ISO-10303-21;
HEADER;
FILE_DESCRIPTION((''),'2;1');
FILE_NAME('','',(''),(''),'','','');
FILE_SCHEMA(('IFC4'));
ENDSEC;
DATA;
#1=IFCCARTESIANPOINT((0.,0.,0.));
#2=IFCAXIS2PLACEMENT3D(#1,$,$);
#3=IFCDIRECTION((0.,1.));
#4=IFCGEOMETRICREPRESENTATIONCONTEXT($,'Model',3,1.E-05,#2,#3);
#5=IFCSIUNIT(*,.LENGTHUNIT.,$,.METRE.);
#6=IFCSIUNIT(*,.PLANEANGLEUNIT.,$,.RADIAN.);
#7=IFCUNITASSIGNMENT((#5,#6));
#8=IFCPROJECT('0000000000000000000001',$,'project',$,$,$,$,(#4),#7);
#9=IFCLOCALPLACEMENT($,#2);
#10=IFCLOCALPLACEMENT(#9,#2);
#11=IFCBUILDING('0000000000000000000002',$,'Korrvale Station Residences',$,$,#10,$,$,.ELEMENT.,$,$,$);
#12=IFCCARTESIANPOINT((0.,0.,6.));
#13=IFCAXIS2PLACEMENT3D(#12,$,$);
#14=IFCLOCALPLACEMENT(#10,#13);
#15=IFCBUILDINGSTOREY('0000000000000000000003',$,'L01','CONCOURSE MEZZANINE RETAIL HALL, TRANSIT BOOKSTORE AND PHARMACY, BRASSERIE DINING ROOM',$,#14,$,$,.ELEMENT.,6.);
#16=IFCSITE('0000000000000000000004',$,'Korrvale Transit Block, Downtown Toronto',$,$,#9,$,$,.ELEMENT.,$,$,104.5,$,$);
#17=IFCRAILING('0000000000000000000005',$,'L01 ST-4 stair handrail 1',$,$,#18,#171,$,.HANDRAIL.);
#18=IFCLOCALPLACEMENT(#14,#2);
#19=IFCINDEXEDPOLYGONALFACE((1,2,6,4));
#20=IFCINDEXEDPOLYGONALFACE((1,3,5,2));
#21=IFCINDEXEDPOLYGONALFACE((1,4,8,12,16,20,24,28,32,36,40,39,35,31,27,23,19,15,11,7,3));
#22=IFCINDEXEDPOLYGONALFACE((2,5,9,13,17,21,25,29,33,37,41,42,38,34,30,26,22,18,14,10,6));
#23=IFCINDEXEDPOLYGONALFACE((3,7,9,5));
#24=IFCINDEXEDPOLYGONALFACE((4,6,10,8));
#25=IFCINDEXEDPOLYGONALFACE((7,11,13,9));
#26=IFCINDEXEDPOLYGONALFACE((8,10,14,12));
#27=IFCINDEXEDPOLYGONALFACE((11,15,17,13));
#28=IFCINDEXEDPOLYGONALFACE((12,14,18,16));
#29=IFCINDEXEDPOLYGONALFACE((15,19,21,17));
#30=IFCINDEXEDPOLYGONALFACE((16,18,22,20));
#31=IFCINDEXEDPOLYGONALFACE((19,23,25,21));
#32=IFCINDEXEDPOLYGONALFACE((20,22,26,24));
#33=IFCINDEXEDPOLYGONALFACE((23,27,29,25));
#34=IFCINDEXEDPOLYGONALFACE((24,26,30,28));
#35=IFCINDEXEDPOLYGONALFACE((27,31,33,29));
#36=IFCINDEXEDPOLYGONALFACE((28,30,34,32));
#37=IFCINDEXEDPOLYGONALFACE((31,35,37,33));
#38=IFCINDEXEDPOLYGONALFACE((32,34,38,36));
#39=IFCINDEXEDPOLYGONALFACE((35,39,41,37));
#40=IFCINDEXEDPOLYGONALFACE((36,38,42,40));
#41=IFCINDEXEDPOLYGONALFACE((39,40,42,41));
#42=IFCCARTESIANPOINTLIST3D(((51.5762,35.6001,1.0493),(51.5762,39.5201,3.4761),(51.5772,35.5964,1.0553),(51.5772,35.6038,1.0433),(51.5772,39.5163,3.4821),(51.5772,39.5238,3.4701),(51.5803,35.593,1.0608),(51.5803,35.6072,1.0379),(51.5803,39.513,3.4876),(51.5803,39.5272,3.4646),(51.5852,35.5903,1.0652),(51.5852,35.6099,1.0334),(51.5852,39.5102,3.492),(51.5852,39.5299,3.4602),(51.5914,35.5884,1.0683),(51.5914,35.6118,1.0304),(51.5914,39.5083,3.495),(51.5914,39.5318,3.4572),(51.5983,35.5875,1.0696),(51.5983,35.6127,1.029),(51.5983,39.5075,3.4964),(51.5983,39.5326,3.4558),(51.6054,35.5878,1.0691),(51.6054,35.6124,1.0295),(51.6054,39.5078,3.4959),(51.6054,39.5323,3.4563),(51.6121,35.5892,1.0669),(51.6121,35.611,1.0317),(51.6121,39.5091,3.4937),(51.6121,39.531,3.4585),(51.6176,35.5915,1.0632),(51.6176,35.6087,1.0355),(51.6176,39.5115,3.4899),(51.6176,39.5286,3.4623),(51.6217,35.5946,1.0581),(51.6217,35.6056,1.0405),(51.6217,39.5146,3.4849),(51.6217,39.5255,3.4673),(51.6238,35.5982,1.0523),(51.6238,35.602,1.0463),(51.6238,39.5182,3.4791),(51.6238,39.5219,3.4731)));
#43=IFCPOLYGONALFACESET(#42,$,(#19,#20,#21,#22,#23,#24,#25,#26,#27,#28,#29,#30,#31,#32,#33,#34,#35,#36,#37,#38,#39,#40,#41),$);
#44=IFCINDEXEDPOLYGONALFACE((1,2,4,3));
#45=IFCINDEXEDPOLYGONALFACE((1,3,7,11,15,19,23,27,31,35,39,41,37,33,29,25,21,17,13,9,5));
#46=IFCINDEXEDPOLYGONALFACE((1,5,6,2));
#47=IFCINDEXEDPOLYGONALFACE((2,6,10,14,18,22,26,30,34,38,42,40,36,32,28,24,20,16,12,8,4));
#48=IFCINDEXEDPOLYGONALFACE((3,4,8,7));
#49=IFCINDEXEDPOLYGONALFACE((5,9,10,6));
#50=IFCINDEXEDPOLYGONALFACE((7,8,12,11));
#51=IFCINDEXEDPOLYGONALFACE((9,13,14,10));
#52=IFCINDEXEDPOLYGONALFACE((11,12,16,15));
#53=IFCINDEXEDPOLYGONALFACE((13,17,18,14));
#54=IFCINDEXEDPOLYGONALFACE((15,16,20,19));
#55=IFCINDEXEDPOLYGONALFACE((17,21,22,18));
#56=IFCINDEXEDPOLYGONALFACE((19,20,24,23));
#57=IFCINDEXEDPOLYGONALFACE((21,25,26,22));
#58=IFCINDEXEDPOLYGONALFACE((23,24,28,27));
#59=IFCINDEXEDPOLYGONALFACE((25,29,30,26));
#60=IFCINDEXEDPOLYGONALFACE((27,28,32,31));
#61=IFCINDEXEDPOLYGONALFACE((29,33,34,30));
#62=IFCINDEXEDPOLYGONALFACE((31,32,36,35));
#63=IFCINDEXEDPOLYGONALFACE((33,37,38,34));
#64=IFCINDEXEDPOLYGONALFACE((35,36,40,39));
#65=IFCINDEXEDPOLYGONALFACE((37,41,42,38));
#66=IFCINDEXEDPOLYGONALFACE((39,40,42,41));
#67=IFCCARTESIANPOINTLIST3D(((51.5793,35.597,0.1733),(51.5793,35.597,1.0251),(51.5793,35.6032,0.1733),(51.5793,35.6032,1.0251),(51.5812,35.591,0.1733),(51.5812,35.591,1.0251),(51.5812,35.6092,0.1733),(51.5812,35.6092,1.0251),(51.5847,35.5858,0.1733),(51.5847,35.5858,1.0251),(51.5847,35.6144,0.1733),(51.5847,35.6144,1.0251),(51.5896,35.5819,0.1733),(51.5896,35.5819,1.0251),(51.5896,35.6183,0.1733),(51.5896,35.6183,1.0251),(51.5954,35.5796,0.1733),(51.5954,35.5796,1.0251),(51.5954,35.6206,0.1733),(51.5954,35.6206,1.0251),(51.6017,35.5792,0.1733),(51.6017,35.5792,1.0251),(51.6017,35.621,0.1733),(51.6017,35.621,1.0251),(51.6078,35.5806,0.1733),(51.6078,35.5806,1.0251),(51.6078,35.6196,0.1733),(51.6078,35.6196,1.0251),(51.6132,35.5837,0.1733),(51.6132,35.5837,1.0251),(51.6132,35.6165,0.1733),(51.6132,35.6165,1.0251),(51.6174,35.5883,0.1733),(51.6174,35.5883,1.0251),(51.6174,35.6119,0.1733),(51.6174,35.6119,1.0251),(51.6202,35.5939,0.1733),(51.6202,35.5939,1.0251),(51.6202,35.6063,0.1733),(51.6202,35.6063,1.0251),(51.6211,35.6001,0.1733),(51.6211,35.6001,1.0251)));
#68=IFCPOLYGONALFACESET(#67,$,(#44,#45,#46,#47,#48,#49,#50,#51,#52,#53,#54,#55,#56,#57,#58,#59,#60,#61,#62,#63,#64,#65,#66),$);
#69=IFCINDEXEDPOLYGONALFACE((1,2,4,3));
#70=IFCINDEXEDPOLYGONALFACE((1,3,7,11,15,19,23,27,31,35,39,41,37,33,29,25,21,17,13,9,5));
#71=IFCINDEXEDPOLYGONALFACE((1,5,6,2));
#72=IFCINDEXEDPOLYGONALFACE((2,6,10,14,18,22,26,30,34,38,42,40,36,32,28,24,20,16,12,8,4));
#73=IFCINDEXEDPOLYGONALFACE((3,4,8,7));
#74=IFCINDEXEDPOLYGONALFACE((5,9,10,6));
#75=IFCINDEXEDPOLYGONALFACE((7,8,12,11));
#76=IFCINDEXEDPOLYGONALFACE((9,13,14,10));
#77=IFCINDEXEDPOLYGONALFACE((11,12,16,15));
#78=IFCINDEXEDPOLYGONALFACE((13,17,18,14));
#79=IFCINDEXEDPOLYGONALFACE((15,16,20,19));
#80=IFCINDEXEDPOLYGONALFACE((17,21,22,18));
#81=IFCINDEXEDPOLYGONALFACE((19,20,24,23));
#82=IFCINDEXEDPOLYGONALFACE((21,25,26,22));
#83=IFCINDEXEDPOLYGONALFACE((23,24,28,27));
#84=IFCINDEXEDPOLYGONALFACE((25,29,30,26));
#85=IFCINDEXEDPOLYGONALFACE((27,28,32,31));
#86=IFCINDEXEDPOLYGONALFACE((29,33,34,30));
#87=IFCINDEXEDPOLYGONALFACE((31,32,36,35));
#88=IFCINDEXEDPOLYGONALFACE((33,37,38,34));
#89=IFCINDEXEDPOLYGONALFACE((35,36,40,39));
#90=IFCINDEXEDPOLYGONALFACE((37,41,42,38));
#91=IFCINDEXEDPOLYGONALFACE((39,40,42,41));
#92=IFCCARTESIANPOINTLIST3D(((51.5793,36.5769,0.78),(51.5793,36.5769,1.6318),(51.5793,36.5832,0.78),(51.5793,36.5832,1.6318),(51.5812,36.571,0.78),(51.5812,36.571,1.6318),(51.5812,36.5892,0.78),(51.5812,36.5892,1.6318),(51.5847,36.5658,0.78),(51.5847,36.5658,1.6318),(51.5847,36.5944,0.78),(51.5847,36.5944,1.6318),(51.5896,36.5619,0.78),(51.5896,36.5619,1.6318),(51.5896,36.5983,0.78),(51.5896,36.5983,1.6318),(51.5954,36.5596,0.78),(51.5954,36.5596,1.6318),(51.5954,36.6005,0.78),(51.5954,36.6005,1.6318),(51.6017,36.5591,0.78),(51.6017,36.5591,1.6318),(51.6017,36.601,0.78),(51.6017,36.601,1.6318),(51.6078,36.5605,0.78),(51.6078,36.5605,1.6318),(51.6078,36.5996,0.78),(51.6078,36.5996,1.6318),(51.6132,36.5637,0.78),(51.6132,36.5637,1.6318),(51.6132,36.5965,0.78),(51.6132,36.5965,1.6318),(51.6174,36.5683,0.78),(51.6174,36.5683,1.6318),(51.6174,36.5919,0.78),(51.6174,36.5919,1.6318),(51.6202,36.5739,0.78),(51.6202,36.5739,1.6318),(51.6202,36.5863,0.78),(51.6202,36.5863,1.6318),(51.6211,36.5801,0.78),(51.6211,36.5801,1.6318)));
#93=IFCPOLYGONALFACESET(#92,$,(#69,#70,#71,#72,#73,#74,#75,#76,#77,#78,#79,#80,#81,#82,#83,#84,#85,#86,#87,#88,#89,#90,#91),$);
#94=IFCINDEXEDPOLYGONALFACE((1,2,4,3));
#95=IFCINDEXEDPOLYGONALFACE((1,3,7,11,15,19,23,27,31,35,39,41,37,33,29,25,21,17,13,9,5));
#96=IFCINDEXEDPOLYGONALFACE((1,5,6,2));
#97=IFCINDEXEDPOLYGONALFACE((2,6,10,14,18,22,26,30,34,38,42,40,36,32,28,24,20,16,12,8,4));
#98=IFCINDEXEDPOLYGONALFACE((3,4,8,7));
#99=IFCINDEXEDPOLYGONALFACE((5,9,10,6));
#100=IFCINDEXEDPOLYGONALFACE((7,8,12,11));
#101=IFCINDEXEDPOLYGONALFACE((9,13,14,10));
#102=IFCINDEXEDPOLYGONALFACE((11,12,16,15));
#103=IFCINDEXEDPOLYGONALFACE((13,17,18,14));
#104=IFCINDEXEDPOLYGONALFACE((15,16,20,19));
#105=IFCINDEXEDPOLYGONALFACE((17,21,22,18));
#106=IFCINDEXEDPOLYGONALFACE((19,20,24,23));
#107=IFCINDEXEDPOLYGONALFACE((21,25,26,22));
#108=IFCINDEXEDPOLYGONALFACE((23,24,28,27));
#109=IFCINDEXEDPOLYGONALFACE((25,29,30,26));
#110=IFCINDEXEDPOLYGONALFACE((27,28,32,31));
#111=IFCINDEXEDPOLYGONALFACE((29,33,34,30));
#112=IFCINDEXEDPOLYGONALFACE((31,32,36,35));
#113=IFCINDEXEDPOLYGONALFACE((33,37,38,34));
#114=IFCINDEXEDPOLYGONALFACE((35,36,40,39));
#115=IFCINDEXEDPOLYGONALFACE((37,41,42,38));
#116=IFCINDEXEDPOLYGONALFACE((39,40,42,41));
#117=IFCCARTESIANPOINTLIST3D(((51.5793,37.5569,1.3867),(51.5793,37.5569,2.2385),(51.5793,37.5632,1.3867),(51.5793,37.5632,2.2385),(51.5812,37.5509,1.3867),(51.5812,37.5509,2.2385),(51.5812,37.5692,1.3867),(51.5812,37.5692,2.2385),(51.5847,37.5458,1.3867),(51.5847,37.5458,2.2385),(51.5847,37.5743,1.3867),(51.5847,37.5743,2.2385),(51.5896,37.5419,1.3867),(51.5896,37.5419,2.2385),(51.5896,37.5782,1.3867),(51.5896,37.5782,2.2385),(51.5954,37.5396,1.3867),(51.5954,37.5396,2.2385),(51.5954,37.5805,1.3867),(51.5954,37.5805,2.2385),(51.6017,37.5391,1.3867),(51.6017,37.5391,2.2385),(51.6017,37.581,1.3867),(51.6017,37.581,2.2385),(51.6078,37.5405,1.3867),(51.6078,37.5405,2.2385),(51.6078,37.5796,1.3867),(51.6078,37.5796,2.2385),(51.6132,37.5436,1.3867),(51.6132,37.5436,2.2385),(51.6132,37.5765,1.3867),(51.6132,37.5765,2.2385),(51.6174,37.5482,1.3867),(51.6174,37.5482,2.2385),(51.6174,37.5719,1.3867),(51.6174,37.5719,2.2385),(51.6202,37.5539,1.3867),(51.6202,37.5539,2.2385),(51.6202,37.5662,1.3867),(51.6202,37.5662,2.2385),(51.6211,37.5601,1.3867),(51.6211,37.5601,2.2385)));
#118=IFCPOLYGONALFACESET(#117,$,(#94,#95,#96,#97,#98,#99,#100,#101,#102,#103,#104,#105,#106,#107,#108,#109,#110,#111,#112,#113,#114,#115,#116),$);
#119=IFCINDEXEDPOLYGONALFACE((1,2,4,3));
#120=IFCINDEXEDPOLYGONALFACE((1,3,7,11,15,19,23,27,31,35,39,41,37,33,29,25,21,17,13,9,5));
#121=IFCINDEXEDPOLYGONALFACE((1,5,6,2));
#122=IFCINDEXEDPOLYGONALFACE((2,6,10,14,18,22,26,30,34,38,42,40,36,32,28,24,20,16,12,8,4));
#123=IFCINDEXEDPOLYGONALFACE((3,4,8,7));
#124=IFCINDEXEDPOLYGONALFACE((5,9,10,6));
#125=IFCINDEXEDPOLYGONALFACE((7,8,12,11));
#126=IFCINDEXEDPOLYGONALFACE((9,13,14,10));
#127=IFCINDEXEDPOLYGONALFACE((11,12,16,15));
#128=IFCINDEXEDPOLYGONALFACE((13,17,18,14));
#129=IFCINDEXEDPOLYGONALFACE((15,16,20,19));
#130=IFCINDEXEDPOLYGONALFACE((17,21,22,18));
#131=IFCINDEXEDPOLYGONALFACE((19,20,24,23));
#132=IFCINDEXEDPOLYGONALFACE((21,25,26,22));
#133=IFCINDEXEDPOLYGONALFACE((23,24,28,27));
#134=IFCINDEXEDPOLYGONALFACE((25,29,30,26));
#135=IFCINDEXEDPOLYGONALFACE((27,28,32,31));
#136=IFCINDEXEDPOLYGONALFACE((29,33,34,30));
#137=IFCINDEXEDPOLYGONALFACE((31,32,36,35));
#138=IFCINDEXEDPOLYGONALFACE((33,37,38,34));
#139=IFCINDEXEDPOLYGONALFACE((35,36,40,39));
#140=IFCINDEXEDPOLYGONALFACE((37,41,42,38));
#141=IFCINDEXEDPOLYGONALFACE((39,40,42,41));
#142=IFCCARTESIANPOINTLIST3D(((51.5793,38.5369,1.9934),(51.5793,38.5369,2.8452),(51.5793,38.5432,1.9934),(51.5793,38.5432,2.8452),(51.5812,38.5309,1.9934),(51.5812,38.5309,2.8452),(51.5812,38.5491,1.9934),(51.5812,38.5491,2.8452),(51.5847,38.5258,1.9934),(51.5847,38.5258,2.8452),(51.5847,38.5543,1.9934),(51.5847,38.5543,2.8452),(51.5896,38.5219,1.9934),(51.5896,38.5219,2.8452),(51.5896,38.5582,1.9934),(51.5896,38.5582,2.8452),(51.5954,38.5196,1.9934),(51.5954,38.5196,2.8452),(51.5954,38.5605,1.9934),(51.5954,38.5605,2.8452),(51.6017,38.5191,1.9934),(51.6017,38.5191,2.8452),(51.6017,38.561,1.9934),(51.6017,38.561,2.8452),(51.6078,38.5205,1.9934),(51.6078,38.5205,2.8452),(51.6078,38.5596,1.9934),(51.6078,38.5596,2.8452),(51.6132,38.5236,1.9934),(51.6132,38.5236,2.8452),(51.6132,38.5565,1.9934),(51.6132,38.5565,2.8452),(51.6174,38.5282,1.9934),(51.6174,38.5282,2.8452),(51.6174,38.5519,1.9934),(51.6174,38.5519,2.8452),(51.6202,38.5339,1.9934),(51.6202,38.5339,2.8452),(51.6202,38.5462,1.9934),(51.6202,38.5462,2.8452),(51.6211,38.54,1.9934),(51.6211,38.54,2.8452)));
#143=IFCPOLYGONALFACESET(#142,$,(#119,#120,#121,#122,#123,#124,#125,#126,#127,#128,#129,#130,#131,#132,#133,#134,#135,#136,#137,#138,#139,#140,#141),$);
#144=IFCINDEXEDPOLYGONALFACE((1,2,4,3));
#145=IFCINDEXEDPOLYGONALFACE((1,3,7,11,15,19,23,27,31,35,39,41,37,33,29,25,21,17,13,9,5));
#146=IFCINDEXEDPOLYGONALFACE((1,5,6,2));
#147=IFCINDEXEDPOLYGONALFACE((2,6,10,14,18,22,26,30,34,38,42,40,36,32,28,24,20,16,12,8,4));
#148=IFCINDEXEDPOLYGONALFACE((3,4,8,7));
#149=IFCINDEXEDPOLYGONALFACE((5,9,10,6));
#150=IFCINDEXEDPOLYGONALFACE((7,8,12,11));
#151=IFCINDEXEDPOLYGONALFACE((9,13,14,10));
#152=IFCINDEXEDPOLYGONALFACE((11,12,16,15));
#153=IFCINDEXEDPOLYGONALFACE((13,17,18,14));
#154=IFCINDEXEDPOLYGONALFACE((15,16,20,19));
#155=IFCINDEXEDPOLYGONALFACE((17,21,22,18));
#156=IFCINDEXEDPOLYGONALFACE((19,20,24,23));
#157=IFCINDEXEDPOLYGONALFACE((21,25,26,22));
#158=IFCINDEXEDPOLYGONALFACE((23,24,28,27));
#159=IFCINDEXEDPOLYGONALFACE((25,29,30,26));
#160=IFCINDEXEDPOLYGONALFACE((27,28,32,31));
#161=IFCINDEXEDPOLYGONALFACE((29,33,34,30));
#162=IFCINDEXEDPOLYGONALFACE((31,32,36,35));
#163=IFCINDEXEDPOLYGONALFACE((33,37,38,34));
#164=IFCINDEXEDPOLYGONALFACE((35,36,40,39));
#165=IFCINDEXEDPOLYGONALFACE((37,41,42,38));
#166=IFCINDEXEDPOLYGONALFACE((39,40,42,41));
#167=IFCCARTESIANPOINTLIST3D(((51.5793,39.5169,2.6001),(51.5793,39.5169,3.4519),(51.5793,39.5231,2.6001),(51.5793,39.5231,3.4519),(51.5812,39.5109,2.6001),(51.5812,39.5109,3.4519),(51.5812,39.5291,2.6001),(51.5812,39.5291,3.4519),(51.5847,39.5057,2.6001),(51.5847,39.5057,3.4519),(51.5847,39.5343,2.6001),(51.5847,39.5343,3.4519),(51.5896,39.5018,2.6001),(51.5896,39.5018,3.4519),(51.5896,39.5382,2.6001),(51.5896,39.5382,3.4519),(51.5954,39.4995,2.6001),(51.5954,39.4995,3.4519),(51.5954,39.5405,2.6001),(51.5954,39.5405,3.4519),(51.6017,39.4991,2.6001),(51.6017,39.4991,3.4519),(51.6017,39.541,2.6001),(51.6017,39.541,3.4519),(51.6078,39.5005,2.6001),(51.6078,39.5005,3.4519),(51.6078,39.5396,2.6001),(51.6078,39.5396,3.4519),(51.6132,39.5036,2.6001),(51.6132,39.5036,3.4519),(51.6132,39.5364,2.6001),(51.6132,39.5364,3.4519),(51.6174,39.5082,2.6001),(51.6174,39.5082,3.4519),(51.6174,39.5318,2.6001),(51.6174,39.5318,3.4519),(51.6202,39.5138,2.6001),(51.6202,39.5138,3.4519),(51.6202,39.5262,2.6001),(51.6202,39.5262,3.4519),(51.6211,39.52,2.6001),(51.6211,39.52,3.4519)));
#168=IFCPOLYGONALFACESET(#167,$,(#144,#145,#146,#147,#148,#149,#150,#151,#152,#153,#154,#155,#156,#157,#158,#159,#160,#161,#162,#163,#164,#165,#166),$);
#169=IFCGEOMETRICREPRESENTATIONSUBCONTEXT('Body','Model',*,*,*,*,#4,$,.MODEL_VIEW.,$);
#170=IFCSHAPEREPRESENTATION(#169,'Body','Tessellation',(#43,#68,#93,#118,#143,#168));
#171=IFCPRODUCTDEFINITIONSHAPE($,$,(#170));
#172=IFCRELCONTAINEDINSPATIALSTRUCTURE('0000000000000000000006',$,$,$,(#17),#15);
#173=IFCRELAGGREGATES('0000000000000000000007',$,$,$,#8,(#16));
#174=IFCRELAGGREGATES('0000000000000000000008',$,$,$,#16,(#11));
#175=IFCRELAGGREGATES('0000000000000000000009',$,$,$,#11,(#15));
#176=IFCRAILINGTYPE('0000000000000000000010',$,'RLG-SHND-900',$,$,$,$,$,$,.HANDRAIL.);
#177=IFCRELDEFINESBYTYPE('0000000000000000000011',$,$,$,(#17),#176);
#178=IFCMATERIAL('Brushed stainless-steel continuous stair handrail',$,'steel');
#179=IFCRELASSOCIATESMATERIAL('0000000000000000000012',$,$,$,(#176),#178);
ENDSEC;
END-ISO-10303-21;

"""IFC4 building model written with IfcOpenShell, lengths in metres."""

from ifc_helpers import new_model, si_unit, direction, frame, origin, origin_2d, place, context, subcontext, project, spatial, circle, extrude, material, type_object, element, save


model = new_model("IFC4")

# Units and contexts
model_context = context("Model", 3, precision=1e-05, world=origin(), true_north=direction((0.0, 1.0)))
body_context = subcontext(model_context, "Body", "Model", "MODEL_VIEW")
ifc_project = project(units=[si_unit("LENGTHUNIT", "METRE"), si_unit("PLANEANGLEUNIT", "RADIAN")], contexts=[model_context])

# Site, building, storey
site_placement = place(None, origin())
site = spatial("IfcSite", under=ifc_project, at=site_placement, Name="Korrvale Transit Block, Downtown Toronto", CompositionType="ELEMENT", RefElevation=104.5)
building_placement = place(site_placement, origin())
building = spatial("IfcBuilding", under=site, at=building_placement, Name="Korrvale Station Residences", CompositionType="ELEMENT")
storey_placement = place(building_placement, frame((0.0, 0.0, 6.0)))
storey = spatial("IfcBuildingStorey", under=building, at=storey_placement, Name="L01", Description="CONCOURSE MEZZANINE RETAIL HALL, TRANSIT BOOKSTORE AND PHARMACY, BRASSERIE DINING ROOM", CompositionType="ELEMENT", Elevation=6.0)

# Railing
ifc_material_1 = material(Name="Brushed stainless-steel continuous stair handrail", Category="steel")
railing_type_1 = type_object("IfcRailingType", Name="RLG-SHND-900", PredefinedType="HANDRAIL", material=ifc_material_1)
railing_1_placement = place(storey_placement, frame((51.6001, 35.6001, 0.1733)))
element("IfcRailing", 1, at=railing_1_placement, inside=storey, type_object=railing_type_1, Name="L01 ST-4 stair handrail 1", PredefinedType="HANDRAIL", context=body_context, shape_type="SweptSolid", body=[
    extrude(circle(Radius=0.0239, at=origin_2d()), frame((0.0, 0.0, 0.876), z_axis=(0.0, 0.850252, 0.526376), x_axis=(-1.0, 0.0, 0.0)), (0.0, 0.0, 1.0), 4.6104),
    extrude(circle(Radius=0.021, at=origin_2d()), origin(), (0.0, 0.0, 1.0), 0.8518),
    extrude(circle(Radius=0.021, at=origin_2d()), frame((0.0, 0.98, 0.6067)), (0.0, 0.0, 1.0), 0.8518),
    extrude(circle(Radius=0.021, at=origin_2d()), frame((0.0, 1.96, 1.2134)), (0.0, 0.0, 1.0), 0.8518),
    extrude(circle(Radius=0.021, at=origin_2d()), frame((0.0, 2.9399, 1.8201)), (0.0, 0.0, 1.0), 0.8518),
    extrude(circle(Radius=0.021, at=origin_2d()), frame((0.0, 3.9199, 2.4268)), (0.0, 0.0, 1.0), 0.8518),
])

save(model, "model.ifc")
